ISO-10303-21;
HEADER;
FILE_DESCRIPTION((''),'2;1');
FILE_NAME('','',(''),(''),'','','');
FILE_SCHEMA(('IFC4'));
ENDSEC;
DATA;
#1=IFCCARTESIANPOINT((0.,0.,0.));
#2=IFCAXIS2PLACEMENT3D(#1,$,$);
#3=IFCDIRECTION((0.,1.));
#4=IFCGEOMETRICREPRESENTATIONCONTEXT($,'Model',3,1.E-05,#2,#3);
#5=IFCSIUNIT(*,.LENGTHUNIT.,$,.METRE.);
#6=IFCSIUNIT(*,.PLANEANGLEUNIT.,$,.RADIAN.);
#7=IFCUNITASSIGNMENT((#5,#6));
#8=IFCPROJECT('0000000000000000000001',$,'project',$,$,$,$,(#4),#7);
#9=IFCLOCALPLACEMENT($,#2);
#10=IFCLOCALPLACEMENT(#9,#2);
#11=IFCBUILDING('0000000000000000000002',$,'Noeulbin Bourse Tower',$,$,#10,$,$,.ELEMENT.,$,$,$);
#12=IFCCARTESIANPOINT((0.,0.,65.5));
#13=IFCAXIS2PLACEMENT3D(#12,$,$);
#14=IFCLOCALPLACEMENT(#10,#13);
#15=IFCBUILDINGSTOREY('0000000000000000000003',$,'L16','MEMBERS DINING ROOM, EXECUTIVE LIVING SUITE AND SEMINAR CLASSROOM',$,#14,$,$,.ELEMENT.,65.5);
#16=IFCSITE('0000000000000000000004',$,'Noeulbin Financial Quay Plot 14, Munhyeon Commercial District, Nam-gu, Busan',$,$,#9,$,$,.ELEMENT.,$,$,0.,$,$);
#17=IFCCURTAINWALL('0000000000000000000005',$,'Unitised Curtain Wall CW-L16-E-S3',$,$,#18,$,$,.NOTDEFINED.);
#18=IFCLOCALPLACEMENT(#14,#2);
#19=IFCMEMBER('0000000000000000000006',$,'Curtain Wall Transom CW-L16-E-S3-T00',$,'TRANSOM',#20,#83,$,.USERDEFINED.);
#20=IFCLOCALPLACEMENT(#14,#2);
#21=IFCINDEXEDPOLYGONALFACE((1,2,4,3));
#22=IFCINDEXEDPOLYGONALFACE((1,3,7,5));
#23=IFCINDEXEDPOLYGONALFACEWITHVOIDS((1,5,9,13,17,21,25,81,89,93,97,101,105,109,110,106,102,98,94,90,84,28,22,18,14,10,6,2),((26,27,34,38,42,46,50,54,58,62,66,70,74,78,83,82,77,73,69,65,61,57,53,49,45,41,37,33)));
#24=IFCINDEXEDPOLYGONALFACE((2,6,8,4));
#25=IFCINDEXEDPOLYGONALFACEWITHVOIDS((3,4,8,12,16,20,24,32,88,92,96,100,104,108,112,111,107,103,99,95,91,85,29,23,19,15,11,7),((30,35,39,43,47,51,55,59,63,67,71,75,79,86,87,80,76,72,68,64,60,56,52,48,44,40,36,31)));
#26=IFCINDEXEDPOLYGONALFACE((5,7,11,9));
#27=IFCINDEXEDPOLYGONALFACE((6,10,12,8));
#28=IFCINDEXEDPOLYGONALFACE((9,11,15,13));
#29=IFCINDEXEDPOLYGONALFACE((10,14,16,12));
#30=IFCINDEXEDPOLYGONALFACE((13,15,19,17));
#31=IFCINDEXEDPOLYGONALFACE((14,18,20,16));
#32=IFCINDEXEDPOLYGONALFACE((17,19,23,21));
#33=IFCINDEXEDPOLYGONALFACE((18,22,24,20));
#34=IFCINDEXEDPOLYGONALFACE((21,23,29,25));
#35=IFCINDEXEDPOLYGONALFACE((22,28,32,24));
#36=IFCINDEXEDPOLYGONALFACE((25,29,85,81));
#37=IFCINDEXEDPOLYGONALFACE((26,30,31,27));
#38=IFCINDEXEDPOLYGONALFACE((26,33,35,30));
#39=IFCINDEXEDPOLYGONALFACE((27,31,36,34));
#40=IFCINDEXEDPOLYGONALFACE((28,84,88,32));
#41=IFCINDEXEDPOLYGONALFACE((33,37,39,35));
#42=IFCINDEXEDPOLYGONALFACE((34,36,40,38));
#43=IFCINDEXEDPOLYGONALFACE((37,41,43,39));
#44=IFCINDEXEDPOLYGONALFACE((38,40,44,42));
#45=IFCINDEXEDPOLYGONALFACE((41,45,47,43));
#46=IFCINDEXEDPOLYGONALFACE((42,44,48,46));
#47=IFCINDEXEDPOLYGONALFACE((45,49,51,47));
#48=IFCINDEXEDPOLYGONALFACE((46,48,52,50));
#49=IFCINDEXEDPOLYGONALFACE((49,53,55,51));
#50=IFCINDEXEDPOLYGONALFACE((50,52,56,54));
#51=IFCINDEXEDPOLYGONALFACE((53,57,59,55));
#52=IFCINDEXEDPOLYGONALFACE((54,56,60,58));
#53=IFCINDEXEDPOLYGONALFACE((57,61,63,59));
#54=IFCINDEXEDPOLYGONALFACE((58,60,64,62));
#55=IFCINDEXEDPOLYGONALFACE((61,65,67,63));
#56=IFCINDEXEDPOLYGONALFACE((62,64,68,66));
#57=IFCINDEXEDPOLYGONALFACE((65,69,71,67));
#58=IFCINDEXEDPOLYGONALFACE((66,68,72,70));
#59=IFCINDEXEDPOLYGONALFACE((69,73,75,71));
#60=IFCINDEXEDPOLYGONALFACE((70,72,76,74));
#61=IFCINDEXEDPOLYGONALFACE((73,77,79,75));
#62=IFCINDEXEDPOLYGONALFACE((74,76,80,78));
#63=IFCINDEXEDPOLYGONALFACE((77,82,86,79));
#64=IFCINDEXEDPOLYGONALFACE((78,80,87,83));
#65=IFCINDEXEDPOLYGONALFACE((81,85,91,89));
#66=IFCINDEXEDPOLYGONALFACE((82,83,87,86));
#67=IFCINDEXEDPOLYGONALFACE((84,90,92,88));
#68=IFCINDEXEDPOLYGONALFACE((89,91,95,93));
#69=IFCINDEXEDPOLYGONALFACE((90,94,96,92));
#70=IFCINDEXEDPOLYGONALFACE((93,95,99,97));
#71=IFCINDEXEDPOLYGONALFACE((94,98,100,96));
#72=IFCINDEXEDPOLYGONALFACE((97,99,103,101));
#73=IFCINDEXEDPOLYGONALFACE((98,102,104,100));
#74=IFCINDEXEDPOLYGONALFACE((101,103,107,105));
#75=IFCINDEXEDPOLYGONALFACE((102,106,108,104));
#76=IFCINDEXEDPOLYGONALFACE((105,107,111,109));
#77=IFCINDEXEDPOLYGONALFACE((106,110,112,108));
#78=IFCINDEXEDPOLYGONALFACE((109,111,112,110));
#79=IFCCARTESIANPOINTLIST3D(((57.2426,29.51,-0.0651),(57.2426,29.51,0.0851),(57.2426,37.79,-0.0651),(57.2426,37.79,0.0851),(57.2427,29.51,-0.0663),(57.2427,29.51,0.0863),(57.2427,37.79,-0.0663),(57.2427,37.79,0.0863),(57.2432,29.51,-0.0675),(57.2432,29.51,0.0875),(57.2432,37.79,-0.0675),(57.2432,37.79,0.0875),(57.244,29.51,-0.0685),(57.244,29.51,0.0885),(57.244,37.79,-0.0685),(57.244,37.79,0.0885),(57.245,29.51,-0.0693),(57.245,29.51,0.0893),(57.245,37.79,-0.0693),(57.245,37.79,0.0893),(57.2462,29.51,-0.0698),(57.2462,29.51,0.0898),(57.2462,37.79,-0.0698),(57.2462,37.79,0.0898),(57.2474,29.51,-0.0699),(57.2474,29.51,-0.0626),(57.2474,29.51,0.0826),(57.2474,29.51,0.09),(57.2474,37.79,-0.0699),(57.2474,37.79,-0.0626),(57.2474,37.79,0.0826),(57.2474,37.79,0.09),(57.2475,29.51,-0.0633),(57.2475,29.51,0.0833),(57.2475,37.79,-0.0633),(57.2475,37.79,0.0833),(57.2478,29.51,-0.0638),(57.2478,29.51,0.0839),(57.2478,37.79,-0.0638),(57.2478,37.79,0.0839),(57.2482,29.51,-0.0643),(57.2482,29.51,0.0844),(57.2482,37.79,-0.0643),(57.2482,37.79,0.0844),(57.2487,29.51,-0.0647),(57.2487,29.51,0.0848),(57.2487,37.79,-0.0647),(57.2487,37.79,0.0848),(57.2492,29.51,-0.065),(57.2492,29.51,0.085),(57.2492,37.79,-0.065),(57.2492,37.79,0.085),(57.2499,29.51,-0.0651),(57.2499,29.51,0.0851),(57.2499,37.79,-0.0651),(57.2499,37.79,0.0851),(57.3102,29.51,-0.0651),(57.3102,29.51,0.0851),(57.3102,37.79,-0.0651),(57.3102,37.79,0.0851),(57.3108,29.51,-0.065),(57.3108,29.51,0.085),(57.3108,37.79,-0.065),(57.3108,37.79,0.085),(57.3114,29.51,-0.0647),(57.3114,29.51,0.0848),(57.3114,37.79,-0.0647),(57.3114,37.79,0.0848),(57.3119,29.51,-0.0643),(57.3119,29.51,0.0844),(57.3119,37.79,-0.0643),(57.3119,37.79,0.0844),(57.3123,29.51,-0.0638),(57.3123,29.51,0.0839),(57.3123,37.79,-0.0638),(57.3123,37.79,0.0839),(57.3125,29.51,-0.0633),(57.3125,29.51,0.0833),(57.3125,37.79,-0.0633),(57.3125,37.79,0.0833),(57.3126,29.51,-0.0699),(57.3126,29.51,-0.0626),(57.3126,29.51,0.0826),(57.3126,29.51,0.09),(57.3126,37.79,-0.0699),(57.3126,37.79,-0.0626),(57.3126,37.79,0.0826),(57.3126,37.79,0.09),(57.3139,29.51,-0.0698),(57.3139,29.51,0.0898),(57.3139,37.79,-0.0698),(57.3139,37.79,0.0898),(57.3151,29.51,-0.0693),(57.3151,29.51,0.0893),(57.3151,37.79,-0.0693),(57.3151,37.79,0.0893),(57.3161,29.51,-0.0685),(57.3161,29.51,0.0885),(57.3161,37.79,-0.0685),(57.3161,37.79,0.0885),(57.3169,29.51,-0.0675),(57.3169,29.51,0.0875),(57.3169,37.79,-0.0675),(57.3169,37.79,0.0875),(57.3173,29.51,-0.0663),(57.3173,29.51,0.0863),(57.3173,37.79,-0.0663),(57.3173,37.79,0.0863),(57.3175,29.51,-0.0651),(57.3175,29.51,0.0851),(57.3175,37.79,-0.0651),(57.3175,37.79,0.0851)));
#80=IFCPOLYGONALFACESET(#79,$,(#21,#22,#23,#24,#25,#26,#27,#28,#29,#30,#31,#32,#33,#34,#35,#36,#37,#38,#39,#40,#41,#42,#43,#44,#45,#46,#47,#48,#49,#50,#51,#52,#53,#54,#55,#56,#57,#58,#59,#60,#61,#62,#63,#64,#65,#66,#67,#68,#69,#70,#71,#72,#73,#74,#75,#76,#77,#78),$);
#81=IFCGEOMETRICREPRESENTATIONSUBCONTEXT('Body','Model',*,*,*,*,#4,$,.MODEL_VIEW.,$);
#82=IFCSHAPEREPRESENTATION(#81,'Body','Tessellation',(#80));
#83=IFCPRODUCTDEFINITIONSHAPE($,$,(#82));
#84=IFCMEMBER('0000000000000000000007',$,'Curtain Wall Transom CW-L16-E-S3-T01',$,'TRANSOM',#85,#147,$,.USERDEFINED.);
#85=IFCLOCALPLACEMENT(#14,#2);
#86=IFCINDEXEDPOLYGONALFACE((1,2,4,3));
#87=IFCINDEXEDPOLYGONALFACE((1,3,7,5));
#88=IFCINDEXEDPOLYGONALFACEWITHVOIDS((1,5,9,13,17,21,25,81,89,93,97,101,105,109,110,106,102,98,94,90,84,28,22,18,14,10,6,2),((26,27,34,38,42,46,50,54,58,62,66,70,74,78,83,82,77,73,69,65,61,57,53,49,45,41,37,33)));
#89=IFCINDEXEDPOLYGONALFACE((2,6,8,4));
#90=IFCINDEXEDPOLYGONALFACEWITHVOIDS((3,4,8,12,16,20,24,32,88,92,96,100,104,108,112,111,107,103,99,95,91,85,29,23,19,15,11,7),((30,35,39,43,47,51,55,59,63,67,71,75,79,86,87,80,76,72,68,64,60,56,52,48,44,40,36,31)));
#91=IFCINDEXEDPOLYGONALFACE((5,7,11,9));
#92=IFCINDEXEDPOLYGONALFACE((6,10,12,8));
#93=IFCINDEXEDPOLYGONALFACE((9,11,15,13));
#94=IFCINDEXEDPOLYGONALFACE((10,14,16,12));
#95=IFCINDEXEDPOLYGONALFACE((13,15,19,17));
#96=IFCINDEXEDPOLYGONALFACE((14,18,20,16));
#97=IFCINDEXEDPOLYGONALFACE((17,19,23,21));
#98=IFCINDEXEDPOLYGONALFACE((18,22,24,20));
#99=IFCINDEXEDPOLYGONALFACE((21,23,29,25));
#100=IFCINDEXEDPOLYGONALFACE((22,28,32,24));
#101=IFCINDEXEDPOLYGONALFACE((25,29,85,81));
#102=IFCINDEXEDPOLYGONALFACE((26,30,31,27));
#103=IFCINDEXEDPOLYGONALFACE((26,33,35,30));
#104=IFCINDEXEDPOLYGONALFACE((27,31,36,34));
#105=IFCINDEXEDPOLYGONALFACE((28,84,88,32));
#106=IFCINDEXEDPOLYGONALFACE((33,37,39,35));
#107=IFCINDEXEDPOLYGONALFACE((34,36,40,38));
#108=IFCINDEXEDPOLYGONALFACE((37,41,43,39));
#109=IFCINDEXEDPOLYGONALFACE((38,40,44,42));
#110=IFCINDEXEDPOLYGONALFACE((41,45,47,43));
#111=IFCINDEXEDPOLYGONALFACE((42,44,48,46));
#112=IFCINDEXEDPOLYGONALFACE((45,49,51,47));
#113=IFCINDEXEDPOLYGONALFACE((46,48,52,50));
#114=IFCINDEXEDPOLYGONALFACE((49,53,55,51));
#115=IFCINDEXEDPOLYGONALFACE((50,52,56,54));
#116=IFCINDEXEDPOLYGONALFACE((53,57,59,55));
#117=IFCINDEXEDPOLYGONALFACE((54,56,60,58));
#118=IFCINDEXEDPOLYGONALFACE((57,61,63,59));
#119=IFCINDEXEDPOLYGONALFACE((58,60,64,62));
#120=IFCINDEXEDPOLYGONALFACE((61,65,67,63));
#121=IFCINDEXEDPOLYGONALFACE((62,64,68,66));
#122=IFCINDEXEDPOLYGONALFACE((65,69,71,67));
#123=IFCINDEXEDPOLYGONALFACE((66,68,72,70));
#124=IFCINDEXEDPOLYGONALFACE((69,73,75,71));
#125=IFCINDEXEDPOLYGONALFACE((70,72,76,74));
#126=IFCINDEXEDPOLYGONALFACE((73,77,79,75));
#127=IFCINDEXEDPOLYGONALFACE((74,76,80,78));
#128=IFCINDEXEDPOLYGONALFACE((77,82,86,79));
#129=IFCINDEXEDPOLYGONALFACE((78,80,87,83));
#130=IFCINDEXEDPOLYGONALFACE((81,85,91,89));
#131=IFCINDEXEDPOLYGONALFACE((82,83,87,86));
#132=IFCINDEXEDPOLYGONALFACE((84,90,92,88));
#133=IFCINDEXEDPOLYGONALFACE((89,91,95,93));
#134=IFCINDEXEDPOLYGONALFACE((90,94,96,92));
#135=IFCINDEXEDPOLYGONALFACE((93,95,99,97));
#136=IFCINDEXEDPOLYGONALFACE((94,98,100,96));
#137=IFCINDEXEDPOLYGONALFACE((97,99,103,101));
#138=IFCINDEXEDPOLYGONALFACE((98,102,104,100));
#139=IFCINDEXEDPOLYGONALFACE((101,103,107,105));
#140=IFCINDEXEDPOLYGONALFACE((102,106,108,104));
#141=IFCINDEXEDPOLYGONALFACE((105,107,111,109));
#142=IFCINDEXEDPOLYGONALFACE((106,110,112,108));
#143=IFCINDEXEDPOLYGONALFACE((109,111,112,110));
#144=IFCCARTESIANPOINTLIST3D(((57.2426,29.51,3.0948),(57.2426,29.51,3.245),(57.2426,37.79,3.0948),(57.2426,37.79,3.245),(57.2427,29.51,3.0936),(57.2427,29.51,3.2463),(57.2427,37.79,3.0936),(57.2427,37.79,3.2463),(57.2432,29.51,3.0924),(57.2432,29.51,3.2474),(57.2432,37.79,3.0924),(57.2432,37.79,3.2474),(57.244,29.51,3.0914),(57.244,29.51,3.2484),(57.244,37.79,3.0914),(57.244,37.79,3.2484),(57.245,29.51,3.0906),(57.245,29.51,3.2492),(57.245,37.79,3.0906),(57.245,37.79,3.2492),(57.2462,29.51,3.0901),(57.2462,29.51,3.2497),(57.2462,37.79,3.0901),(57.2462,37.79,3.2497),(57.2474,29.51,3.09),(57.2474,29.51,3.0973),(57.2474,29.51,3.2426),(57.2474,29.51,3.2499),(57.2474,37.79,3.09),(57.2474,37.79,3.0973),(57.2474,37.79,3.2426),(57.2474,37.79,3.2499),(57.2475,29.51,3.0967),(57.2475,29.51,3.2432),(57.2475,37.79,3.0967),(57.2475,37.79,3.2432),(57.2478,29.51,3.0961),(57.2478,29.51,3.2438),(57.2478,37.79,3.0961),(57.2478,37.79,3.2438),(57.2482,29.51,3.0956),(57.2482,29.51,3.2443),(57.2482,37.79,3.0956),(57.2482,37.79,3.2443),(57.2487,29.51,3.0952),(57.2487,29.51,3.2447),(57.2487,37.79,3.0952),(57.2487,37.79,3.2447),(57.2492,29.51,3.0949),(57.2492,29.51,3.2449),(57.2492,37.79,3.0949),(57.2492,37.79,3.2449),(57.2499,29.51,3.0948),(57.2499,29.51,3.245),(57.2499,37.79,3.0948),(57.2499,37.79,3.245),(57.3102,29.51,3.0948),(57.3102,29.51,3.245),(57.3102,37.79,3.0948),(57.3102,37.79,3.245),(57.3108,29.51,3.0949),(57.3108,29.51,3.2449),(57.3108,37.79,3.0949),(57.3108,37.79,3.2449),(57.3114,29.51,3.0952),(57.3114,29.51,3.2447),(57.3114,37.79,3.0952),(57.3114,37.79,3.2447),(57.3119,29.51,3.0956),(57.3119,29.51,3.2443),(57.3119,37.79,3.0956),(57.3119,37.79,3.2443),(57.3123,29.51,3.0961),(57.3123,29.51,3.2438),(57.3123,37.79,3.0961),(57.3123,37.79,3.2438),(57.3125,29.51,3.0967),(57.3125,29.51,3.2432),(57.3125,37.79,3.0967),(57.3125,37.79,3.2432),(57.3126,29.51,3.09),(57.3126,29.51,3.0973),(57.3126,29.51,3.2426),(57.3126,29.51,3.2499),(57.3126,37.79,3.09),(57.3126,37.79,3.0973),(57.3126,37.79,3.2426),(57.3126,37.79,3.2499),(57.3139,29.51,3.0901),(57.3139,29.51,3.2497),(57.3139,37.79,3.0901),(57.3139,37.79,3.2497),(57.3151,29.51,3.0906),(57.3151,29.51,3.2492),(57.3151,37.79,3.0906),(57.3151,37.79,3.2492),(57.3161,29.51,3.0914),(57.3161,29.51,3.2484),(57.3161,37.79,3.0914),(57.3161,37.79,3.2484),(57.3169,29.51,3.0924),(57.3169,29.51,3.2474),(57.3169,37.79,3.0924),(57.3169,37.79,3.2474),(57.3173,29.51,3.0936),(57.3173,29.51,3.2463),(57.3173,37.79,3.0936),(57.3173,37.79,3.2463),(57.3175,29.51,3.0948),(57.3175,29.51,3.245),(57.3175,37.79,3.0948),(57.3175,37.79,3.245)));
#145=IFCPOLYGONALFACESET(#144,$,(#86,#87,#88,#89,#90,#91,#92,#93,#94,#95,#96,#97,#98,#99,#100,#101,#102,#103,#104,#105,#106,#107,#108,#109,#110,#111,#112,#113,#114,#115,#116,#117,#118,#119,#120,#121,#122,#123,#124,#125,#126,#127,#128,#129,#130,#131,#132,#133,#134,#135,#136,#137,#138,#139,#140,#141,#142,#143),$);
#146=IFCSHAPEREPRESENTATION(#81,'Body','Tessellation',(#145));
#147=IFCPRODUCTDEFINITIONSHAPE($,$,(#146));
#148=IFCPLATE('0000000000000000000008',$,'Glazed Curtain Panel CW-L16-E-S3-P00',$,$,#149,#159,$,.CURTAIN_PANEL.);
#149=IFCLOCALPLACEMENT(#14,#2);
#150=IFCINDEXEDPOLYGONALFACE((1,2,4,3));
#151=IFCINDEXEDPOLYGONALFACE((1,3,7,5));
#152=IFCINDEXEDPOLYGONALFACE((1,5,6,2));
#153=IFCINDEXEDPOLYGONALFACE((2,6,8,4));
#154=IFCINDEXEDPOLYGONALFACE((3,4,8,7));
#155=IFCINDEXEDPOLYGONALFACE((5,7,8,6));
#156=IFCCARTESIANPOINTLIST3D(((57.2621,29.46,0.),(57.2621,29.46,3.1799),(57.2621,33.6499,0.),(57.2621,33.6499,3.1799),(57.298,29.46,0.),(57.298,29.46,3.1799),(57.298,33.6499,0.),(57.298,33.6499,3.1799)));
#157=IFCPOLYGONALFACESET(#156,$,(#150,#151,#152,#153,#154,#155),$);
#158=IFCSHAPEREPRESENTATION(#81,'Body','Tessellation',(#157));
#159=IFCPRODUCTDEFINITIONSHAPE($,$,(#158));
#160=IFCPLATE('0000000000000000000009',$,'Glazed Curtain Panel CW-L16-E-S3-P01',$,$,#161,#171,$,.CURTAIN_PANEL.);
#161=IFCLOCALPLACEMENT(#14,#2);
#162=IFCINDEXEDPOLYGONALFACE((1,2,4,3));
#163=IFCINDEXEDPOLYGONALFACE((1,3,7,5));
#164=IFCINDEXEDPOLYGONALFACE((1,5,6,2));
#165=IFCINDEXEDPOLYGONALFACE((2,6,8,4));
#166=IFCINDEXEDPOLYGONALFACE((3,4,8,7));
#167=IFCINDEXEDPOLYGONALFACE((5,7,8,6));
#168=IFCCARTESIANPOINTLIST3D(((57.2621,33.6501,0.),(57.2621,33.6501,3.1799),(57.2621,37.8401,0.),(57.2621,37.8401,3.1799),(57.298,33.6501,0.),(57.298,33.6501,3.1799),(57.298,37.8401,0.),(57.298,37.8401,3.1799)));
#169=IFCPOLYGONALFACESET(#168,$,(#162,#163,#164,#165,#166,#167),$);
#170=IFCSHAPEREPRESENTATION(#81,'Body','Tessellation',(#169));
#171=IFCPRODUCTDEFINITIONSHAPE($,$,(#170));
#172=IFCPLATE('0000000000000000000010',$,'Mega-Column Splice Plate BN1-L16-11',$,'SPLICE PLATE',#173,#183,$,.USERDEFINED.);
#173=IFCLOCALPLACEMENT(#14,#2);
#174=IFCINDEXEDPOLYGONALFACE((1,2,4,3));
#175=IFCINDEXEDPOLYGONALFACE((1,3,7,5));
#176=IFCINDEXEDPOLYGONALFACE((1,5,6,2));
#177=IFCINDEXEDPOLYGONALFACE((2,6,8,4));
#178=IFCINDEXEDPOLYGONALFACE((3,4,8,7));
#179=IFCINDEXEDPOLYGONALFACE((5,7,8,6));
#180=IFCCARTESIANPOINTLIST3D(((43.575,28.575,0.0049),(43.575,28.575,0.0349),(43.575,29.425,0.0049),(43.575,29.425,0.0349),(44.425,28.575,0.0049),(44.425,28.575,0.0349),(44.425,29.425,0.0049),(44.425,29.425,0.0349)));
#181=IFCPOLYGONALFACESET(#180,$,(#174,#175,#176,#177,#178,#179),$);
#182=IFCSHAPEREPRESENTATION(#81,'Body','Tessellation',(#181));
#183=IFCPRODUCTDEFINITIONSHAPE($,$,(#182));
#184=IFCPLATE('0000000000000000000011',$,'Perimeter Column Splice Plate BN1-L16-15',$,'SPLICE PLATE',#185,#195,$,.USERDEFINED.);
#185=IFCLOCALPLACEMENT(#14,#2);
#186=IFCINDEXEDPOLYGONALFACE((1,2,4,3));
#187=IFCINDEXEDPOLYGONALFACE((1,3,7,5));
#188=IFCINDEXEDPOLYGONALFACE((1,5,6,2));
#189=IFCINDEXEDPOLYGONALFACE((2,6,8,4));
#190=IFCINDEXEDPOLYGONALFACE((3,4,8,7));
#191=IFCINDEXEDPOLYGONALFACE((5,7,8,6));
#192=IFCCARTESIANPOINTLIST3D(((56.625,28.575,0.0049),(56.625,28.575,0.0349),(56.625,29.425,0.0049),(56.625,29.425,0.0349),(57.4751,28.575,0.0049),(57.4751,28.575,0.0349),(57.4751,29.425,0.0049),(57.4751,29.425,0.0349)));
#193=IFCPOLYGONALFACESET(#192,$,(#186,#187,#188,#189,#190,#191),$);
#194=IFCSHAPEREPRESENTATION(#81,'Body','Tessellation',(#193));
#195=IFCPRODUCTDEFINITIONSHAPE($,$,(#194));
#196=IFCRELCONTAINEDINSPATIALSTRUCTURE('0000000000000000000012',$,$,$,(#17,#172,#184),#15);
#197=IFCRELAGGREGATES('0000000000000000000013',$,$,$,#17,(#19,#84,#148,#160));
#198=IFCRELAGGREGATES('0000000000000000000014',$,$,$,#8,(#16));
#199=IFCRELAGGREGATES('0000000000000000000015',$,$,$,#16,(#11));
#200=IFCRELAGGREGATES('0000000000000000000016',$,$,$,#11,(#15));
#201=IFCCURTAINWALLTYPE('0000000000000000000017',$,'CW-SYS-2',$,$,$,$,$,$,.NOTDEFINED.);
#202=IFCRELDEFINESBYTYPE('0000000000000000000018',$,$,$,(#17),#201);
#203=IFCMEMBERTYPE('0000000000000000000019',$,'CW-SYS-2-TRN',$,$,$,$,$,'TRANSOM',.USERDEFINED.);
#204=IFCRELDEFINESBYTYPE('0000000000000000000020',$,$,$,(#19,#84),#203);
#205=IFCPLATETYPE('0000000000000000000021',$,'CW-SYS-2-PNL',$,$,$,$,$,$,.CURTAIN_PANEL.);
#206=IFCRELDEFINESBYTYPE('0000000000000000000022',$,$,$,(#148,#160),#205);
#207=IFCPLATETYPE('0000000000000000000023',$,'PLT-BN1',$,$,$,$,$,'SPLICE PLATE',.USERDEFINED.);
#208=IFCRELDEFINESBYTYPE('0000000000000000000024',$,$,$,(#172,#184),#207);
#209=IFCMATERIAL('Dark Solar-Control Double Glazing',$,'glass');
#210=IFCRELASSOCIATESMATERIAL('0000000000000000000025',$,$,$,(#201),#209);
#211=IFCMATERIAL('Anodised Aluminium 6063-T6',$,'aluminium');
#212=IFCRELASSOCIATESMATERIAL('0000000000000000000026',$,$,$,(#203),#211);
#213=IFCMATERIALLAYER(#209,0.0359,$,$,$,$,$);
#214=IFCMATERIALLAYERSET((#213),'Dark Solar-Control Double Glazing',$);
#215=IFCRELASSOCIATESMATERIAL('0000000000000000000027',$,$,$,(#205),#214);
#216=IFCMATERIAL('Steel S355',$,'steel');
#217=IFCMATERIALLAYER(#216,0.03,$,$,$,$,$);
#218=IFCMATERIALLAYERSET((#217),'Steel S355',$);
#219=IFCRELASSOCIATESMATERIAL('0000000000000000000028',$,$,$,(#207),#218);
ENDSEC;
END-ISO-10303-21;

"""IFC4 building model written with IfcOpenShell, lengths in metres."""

from ifc_helpers import new_model, si_unit, direction, frame, origin, origin_2d, place, context, subcontext, project, spatial, rectangle, hollow_rectangle, extrude, material, layer, layer_set, material_profile, profile_set, type_object, element, aggregate, save


model = new_model("IFC4")

# Units and contexts
model_context = context("Model", 3, precision=1e-05, world=origin(), true_north=direction((0.0, 1.0)))
body_context = subcontext(model_context, "Body", "Model", "MODEL_VIEW")
ifc_project = project(units=[si_unit("LENGTHUNIT", "METRE"), si_unit("PLANEANGLEUNIT", "RADIAN")], contexts=[model_context])

# Site, building, storey
site_placement = place(None, origin())
site = spatial("IfcSite", under=ifc_project, at=site_placement, Name="Noeulbin Financial Quay Plot 14, Munhyeon Commercial District, Nam-gu, Busan", CompositionType="ELEMENT", RefElevation=0.0)
building_placement = place(site_placement, origin())
building = spatial("IfcBuilding", under=site, at=building_placement, Name="Noeulbin Bourse Tower", CompositionType="ELEMENT")
storey_placement = place(building_placement, frame((0.0, 0.0, 65.5)))
storey = spatial("IfcBuildingStorey", under=building, at=storey_placement, Name="L16", Description="MEMBERS DINING ROOM, EXECUTIVE LIVING SUITE AND SEMINAR CLASSROOM", CompositionType="ELEMENT", Elevation=65.5)

# Shared definitions
ifc_material_1 = material(Name="Steel S355", Category="steel")

# Curtain wall, members, plates
ifc_material_2 = material(Name="Dark Solar-Control Double Glazing", Category="glass")
curtain_wall_type = type_object("IfcCurtainWallType", Name="CW-SYS-2", PredefinedType="NOTDEFINED", material=ifc_material_2)
curtain_wall_placement = place(storey_placement, origin())
curtain_wall = element("IfcCurtainWall", 1, at=curtain_wall_placement, inside=storey, type_object=curtain_wall_type, Name="Unitised Curtain Wall CW-L16-E-S3", PredefinedType="NOTDEFINED")
ifc_material_3 = material(Name="Anodised Aluminium 6063-T6", Category="aluminium")
ifc_material_profile_1 = material_profile(ifc_material_3, hollow_rectangle(XDim=0.075, YDim=0.1599, WallThickness=0.0049, InnerFilletRadius=0.0024, OuterFilletRadius=0.0049, at=origin_2d()), Name="ALU-TRAN-75x160x5", Category="LoadBearing")
ifc_profile_set_1 = profile_set([ifc_material_profile_1], Name="Anodised Aluminium 6063-T6")
member_type_1 = type_object("IfcMemberType", Name="CW-SYS-2-TRN", ElementType="TRANSOM", PredefinedType="USERDEFINED", material=ifc_profile_set_1)
member_1_placement = place(storey_placement, frame((57.28, 29.51, 0.01), z_axis=(0.0, 1.0, 0.0), x_axis=(-1.0, 0.0, 0.0)))
member_1 = element("IfcMember", 2, at=member_1_placement, type_object=member_type_1, Name="Curtain Wall Transom CW-L16-E-S3-T00", ObjectType="TRANSOM", PredefinedType="USERDEFINED", context=body_context, shape_type="SweptSolid", body=[
    extrude(hollow_rectangle(XDim=0.075, YDim=0.1599, WallThickness=0.0049, InnerFilletRadius=0.0024, OuterFilletRadius=0.0049, at=origin_2d()), origin(), (0.0, 0.0, 1.0), 8.28),
])
member_2_placement = place(storey_placement, frame((57.28, 29.51, 3.1699), z_axis=(0.0, 1.0, 0.0), x_axis=(-1.0, 0.0, 0.0)))
member_2 = element("IfcMember", 3, at=member_2_placement, type_object=member_type_1, Name="Curtain Wall Transom CW-L16-E-S3-T01", ObjectType="TRANSOM", PredefinedType="USERDEFINED", context=body_context, shape_type="SweptSolid", body=[
    extrude(hollow_rectangle(XDim=0.075, YDim=0.1599, WallThickness=0.0049, InnerFilletRadius=0.0024, OuterFilletRadius=0.0049, at=origin_2d()), origin(), (0.0, 0.0, 1.0), 8.28),
])
ifc_layer_1 = layer(ifc_material_2, 0.0359)
ifc_layer_set_1 = layer_set([ifc_layer_1], Name="Dark Solar-Control Double Glazing")
plate_type_1 = type_object("IfcPlateType", Name="CW-SYS-2-PNL", PredefinedType="CURTAIN_PANEL", material=ifc_layer_set_1)
plate_1_placement = place(storey_placement, frame((57.28, 31.5549, 0.0), z_axis=(0.0, 0.0, 1.0), x_axis=(0.0, 1.0, 0.0)))
plate_1 = element("IfcPlate", 4, at=plate_1_placement, type_object=plate_type_1, Name="Glazed Curtain Panel CW-L16-E-S3-P00", PredefinedType="CURTAIN_PANEL", context=body_context, shape_type="SweptSolid", body=[
    extrude(rectangle(XDim=4.1899, YDim=0.0359, at=origin_2d()), origin(), (0.0, 0.0, 1.0), 3.1799),
])
plate_2_placement = place(storey_placement, frame((57.28, 35.7451, 0.0), z_axis=(0.0, 0.0, 1.0), x_axis=(0.0, 1.0, 0.0)))
plate_2 = element("IfcPlate", 5, at=plate_2_placement, type_object=plate_type_1, Name="Glazed Curtain Panel CW-L16-E-S3-P01", PredefinedType="CURTAIN_PANEL", context=body_context, shape_type="SweptSolid", body=[
    extrude(rectangle(XDim=4.1899, YDim=0.0359, at=origin_2d()), origin(), (0.0, 0.0, 1.0), 3.1799),
])
aggregate(curtain_wall, [member_1, member_2, plate_1, plate_2])

# Plates
ifc_layer_2 = layer(ifc_material_1, 0.03)
ifc_layer_set_2 = layer_set([ifc_layer_2], Name="Steel S355")
plate_type_2 = type_object("IfcPlateType", Name="PLT-BN1", ElementType="SPLICE PLATE", PredefinedType="USERDEFINED", material=ifc_layer_set_2)
for number, where, z_axis, x_axis, name in (
    (6, (44.0, 29.0, 0.0049), (0.0, 0.0, 1.0), (1.0, 0.0, 0.0), "Mega-Column Splice Plate BN1-L16-11"),
    (7, (57.05, 29.0, 0.0049), (0.0, 0.0, 1.0), (1.0, 0.0, 0.0), "Perimeter Column Splice Plate BN1-L16-15"),
):
    element("IfcPlate", number, at=place(storey_placement, frame(where, z_axis=z_axis, x_axis=x_axis)), inside=storey, type_object=plate_type_2, Name=name, ObjectType="SPLICE PLATE", PredefinedType="USERDEFINED", context=body_context, shape_type="SweptSolid", body=[
        extrude(rectangle(XDim=0.8501, YDim=0.8501, at=origin_2d()), origin(), (0.0, 0.0, 1.0), 0.03),
    ])

save(model, "model.ifc")
